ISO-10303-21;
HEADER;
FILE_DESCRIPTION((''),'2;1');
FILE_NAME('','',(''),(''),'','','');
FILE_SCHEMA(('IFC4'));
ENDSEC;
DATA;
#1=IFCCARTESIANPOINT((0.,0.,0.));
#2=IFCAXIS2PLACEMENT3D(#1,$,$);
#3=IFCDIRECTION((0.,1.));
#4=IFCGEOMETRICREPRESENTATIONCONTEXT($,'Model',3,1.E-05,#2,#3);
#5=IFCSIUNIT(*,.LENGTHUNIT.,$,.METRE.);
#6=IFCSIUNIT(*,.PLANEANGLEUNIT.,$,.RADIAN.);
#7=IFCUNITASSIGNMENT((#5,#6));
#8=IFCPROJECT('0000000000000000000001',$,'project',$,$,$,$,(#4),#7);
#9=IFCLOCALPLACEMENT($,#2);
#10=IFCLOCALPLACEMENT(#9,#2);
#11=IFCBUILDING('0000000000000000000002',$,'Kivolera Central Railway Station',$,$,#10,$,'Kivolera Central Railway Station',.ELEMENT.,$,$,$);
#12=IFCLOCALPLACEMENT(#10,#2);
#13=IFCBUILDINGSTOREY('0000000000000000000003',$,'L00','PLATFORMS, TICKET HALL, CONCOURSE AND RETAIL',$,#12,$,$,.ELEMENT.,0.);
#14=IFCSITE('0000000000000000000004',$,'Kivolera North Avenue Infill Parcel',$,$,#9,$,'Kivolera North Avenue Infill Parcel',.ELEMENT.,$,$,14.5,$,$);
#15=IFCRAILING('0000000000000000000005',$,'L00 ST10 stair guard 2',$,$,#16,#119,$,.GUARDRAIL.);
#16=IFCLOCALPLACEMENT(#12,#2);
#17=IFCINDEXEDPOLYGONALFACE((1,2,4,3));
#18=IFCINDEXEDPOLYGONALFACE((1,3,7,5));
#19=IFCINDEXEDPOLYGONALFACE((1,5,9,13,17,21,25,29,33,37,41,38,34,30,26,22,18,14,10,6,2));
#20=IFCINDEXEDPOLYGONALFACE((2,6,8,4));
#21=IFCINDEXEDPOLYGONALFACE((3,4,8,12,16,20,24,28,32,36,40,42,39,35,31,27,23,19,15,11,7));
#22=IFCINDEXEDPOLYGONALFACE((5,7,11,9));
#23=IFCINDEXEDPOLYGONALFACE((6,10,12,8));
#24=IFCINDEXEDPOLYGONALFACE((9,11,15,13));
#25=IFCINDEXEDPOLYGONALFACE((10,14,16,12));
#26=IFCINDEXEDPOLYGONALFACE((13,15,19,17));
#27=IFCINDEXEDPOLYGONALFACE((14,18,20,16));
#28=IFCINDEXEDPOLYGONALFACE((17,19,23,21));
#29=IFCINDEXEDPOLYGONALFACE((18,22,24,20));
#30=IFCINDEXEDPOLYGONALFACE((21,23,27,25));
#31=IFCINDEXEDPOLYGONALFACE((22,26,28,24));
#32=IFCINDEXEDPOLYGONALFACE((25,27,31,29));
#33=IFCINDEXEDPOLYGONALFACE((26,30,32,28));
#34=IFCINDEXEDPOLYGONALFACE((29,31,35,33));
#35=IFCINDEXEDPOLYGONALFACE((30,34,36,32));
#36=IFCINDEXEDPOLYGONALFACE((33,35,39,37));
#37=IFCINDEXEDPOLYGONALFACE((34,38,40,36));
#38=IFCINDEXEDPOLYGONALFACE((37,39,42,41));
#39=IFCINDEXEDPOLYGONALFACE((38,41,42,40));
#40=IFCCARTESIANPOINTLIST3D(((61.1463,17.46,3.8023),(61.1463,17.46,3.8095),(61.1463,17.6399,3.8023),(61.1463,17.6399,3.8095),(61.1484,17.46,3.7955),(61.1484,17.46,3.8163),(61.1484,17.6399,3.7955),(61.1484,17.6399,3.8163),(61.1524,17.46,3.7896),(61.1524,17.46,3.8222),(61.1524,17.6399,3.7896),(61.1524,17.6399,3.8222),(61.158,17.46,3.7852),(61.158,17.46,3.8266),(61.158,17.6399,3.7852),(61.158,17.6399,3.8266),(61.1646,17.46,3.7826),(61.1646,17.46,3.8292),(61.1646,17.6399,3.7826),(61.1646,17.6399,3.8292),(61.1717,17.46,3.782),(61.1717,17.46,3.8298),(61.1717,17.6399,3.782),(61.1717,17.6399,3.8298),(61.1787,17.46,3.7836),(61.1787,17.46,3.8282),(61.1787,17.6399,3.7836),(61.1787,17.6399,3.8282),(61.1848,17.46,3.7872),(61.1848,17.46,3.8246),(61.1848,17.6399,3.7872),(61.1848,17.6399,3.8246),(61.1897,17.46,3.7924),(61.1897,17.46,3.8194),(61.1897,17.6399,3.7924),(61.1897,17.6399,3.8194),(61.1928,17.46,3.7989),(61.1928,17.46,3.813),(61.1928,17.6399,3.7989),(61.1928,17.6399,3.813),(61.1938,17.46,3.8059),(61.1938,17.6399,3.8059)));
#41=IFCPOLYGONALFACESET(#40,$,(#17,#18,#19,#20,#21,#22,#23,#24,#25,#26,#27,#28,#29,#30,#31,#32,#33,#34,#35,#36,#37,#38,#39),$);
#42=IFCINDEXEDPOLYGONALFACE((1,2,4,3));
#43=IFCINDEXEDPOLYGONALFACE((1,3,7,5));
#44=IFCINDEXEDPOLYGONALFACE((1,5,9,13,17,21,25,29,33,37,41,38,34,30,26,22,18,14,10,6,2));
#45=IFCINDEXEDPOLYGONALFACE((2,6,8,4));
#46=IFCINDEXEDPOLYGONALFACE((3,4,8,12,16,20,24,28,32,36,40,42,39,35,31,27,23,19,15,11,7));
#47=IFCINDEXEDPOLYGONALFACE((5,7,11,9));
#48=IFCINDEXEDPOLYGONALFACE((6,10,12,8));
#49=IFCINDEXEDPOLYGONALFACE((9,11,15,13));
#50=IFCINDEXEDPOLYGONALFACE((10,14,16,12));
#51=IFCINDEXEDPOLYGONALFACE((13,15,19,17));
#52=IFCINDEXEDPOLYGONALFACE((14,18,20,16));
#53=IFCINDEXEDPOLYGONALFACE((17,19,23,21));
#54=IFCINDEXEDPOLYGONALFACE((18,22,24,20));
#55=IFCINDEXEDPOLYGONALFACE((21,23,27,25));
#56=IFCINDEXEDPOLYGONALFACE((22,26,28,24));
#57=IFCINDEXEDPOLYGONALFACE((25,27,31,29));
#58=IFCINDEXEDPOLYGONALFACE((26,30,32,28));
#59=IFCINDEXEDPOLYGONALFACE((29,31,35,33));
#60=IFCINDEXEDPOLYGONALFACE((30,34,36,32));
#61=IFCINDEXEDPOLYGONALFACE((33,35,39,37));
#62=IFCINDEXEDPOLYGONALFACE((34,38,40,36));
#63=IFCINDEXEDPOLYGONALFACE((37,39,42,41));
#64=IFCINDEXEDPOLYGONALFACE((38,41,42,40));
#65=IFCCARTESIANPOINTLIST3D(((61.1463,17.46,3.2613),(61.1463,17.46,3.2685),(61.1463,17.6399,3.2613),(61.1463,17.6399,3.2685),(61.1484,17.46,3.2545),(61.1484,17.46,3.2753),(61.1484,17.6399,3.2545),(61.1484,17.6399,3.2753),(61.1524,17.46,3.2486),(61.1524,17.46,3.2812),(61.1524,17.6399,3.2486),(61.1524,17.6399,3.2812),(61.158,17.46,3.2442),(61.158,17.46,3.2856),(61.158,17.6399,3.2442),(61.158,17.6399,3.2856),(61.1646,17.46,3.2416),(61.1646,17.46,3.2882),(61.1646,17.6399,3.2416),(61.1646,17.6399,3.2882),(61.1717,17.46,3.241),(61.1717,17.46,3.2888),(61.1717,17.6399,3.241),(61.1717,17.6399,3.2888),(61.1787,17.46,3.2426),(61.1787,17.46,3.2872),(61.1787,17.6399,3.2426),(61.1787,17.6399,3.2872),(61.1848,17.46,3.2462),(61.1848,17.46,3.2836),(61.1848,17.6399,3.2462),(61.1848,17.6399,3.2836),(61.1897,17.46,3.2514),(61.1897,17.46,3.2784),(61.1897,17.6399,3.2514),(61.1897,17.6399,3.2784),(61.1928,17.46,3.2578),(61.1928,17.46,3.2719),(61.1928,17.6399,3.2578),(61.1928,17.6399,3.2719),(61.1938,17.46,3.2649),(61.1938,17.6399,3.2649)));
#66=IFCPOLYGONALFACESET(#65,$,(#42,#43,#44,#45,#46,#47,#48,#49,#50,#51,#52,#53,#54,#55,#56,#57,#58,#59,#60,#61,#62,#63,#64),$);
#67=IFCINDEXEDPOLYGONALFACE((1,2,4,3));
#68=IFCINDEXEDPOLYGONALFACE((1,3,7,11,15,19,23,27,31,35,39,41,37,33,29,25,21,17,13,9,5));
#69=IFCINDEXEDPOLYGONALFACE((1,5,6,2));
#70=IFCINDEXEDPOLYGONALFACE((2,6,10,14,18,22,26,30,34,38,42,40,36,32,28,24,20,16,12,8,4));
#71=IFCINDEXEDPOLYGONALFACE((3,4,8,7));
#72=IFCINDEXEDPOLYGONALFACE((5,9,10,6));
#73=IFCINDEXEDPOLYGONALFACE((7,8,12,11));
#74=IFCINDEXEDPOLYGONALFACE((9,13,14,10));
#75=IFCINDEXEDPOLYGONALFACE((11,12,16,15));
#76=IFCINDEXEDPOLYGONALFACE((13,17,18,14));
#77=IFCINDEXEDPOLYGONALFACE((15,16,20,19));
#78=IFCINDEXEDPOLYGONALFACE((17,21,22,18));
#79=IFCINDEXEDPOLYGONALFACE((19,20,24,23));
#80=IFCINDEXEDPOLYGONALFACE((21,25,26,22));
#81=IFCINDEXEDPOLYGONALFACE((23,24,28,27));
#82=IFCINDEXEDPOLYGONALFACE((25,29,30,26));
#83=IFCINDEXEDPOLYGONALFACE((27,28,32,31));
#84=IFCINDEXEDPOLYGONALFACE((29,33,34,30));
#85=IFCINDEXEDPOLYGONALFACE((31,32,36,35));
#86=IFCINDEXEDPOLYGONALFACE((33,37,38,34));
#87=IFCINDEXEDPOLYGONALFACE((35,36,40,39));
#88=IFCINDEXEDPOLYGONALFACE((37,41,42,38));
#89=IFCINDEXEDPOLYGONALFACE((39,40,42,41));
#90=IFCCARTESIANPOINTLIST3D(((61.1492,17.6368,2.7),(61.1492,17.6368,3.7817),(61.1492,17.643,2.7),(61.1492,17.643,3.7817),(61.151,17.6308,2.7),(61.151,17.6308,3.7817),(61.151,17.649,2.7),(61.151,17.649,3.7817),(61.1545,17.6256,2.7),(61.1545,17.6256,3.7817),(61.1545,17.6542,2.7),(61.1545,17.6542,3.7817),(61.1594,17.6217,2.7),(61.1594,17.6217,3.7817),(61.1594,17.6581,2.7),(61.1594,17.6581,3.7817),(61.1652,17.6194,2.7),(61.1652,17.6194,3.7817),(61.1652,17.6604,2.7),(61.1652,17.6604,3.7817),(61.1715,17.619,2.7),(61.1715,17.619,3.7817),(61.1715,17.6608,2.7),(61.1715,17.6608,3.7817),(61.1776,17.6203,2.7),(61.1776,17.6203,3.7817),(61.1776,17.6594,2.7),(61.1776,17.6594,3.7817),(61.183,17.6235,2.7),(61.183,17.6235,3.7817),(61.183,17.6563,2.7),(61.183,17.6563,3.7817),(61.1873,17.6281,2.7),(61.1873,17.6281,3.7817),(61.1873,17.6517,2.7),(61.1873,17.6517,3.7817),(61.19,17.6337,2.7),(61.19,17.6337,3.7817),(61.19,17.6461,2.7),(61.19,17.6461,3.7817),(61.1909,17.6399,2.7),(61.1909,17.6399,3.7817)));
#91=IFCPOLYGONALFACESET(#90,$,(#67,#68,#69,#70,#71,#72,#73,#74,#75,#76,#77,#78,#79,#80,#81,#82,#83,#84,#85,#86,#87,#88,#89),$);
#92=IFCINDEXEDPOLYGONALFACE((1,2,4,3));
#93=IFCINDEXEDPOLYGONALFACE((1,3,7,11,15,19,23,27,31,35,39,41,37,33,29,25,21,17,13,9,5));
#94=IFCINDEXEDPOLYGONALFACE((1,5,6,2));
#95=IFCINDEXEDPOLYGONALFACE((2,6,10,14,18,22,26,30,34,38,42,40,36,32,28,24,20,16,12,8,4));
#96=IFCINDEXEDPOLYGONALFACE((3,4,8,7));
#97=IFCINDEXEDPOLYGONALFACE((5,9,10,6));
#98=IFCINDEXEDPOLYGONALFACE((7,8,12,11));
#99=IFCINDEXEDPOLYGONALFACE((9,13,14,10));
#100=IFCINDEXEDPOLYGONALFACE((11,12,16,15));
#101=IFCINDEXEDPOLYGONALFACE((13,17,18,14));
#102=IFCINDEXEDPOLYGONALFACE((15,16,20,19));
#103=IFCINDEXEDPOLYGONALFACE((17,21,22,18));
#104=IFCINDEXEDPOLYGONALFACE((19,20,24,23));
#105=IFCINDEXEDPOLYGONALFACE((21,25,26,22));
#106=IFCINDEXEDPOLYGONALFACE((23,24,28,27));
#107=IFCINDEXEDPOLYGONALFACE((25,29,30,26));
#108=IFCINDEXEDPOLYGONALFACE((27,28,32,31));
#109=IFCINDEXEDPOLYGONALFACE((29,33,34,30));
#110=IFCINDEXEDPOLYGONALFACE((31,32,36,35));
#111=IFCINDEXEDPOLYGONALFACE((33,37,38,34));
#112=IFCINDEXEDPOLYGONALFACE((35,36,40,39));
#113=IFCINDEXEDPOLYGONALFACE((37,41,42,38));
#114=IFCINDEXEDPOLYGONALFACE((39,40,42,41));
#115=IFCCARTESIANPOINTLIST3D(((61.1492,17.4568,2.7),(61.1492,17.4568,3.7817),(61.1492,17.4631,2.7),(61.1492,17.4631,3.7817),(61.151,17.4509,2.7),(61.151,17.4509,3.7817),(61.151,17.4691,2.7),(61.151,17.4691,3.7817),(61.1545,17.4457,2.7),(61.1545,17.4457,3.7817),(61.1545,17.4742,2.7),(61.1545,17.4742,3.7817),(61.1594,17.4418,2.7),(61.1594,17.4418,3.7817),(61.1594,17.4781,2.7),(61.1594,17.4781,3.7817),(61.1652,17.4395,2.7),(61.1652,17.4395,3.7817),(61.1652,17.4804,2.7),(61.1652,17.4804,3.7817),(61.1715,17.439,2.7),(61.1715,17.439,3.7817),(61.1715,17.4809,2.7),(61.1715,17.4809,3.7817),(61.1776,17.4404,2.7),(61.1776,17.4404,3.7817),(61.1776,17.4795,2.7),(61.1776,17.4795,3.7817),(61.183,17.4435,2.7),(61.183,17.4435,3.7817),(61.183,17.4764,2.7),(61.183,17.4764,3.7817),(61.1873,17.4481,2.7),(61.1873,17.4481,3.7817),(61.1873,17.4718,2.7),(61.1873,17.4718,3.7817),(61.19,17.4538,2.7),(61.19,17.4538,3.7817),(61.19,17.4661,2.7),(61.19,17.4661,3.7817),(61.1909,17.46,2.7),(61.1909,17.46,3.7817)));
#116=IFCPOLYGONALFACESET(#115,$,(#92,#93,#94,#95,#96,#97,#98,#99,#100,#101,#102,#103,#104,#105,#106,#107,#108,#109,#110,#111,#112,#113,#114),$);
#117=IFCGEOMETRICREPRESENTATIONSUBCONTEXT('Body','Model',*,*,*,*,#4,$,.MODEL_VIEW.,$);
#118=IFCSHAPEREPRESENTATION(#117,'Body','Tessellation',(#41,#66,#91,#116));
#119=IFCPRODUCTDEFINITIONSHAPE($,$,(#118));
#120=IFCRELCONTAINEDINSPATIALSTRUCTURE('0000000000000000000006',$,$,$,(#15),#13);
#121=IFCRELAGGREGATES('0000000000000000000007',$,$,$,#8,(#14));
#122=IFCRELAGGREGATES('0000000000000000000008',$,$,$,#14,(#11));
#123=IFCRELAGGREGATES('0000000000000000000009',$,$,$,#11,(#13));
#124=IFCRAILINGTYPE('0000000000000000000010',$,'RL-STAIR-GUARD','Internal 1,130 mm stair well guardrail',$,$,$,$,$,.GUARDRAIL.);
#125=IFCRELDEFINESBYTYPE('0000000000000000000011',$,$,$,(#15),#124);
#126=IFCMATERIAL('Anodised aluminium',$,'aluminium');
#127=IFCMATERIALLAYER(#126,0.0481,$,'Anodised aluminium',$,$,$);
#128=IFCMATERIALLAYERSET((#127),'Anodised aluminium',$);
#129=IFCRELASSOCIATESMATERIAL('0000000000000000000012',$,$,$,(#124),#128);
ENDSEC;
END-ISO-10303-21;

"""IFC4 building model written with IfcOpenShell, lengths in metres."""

from ifc_helpers import new_model, si_unit, direction, frame, origin, origin_2d, place, context, subcontext, project, spatial, circle, extrude, material, layer, layer_set, type_object, element, save


model = new_model("IFC4")

# Units and contexts
model_context = context("Model", 3, precision=1e-05, world=origin(), true_north=direction((0.0, 1.0)))
body_context = subcontext(model_context, "Body", "Model", "MODEL_VIEW")
ifc_project = project(units=[si_unit("LENGTHUNIT", "METRE"), si_unit("PLANEANGLEUNIT", "RADIAN")], contexts=[model_context])

# Site, building, storey
site_placement = place(None, origin())
site = spatial("IfcSite", under=ifc_project, at=site_placement, Name="Kivolera North Avenue Infill Parcel", LongName="Kivolera North Avenue Infill Parcel", CompositionType="ELEMENT", RefElevation=14.5)
building_placement = place(site_placement, origin())
building = spatial("IfcBuilding", under=site, at=building_placement, Name="Kivolera Central Railway Station", LongName="Kivolera Central Railway Station", CompositionType="ELEMENT")
storey_placement = place(building_placement, origin())
storey = spatial("IfcBuildingStorey", under=building, at=storey_placement, Name="L00", Description="PLATFORMS, TICKET HALL, CONCOURSE AND RETAIL", CompositionType="ELEMENT", Elevation=0.0)

# Shared definitions
ifc_material_1 = material(Name="Anodised aluminium", Category="aluminium")

# Railing
ifc_layer_1 = layer(ifc_material_1, 0.0481, Name="Anodised aluminium")
ifc_layer_set_1 = layer_set([ifc_layer_1], Name="Anodised aluminium")
railing_type_1 = type_object("IfcRailingType", Name="RL-STAIR-GUARD", Description="Internal 1,130 mm stair well guardrail", PredefinedType="GUARDRAIL", material=ifc_layer_set_1)
railing_1_placement = place(storey_placement, frame((61.1699, 17.6399, 2.7)))
element("IfcRailing", 1, at=railing_1_placement, inside=storey, type_object=railing_type_1, Name="L00 ST10 stair guard 2", PredefinedType="GUARDRAIL", context=body_context, shape_type="SweptSolid", body=[
    extrude(circle(Radius=0.0239, at=origin_2d()), frame((0.0, 0.0, 1.106), z_axis=(0.0, -1.0, 0.0), x_axis=(1.0, 0.0, 0.0)), (0.0, 0.0, 1.0), 0.1799),
    extrude(circle(Radius=0.0239, at=origin_2d()), frame((0.0, 0.0, 0.5649), z_axis=(0.0, -1.0, 0.0), x_axis=(1.0, 0.0, 0.0)), (0.0, 0.0, 1.0), 0.1799),
    extrude(circle(Radius=0.021, at=origin_2d()), origin(), (0.0, 0.0, 1.0), 1.0818),
    extrude(circle(Radius=0.021, at=origin_2d()), frame((0.0, -0.1799, 0.0)), (0.0, 0.0, 1.0), 1.0818),
])

save(model, "model.ifc")
